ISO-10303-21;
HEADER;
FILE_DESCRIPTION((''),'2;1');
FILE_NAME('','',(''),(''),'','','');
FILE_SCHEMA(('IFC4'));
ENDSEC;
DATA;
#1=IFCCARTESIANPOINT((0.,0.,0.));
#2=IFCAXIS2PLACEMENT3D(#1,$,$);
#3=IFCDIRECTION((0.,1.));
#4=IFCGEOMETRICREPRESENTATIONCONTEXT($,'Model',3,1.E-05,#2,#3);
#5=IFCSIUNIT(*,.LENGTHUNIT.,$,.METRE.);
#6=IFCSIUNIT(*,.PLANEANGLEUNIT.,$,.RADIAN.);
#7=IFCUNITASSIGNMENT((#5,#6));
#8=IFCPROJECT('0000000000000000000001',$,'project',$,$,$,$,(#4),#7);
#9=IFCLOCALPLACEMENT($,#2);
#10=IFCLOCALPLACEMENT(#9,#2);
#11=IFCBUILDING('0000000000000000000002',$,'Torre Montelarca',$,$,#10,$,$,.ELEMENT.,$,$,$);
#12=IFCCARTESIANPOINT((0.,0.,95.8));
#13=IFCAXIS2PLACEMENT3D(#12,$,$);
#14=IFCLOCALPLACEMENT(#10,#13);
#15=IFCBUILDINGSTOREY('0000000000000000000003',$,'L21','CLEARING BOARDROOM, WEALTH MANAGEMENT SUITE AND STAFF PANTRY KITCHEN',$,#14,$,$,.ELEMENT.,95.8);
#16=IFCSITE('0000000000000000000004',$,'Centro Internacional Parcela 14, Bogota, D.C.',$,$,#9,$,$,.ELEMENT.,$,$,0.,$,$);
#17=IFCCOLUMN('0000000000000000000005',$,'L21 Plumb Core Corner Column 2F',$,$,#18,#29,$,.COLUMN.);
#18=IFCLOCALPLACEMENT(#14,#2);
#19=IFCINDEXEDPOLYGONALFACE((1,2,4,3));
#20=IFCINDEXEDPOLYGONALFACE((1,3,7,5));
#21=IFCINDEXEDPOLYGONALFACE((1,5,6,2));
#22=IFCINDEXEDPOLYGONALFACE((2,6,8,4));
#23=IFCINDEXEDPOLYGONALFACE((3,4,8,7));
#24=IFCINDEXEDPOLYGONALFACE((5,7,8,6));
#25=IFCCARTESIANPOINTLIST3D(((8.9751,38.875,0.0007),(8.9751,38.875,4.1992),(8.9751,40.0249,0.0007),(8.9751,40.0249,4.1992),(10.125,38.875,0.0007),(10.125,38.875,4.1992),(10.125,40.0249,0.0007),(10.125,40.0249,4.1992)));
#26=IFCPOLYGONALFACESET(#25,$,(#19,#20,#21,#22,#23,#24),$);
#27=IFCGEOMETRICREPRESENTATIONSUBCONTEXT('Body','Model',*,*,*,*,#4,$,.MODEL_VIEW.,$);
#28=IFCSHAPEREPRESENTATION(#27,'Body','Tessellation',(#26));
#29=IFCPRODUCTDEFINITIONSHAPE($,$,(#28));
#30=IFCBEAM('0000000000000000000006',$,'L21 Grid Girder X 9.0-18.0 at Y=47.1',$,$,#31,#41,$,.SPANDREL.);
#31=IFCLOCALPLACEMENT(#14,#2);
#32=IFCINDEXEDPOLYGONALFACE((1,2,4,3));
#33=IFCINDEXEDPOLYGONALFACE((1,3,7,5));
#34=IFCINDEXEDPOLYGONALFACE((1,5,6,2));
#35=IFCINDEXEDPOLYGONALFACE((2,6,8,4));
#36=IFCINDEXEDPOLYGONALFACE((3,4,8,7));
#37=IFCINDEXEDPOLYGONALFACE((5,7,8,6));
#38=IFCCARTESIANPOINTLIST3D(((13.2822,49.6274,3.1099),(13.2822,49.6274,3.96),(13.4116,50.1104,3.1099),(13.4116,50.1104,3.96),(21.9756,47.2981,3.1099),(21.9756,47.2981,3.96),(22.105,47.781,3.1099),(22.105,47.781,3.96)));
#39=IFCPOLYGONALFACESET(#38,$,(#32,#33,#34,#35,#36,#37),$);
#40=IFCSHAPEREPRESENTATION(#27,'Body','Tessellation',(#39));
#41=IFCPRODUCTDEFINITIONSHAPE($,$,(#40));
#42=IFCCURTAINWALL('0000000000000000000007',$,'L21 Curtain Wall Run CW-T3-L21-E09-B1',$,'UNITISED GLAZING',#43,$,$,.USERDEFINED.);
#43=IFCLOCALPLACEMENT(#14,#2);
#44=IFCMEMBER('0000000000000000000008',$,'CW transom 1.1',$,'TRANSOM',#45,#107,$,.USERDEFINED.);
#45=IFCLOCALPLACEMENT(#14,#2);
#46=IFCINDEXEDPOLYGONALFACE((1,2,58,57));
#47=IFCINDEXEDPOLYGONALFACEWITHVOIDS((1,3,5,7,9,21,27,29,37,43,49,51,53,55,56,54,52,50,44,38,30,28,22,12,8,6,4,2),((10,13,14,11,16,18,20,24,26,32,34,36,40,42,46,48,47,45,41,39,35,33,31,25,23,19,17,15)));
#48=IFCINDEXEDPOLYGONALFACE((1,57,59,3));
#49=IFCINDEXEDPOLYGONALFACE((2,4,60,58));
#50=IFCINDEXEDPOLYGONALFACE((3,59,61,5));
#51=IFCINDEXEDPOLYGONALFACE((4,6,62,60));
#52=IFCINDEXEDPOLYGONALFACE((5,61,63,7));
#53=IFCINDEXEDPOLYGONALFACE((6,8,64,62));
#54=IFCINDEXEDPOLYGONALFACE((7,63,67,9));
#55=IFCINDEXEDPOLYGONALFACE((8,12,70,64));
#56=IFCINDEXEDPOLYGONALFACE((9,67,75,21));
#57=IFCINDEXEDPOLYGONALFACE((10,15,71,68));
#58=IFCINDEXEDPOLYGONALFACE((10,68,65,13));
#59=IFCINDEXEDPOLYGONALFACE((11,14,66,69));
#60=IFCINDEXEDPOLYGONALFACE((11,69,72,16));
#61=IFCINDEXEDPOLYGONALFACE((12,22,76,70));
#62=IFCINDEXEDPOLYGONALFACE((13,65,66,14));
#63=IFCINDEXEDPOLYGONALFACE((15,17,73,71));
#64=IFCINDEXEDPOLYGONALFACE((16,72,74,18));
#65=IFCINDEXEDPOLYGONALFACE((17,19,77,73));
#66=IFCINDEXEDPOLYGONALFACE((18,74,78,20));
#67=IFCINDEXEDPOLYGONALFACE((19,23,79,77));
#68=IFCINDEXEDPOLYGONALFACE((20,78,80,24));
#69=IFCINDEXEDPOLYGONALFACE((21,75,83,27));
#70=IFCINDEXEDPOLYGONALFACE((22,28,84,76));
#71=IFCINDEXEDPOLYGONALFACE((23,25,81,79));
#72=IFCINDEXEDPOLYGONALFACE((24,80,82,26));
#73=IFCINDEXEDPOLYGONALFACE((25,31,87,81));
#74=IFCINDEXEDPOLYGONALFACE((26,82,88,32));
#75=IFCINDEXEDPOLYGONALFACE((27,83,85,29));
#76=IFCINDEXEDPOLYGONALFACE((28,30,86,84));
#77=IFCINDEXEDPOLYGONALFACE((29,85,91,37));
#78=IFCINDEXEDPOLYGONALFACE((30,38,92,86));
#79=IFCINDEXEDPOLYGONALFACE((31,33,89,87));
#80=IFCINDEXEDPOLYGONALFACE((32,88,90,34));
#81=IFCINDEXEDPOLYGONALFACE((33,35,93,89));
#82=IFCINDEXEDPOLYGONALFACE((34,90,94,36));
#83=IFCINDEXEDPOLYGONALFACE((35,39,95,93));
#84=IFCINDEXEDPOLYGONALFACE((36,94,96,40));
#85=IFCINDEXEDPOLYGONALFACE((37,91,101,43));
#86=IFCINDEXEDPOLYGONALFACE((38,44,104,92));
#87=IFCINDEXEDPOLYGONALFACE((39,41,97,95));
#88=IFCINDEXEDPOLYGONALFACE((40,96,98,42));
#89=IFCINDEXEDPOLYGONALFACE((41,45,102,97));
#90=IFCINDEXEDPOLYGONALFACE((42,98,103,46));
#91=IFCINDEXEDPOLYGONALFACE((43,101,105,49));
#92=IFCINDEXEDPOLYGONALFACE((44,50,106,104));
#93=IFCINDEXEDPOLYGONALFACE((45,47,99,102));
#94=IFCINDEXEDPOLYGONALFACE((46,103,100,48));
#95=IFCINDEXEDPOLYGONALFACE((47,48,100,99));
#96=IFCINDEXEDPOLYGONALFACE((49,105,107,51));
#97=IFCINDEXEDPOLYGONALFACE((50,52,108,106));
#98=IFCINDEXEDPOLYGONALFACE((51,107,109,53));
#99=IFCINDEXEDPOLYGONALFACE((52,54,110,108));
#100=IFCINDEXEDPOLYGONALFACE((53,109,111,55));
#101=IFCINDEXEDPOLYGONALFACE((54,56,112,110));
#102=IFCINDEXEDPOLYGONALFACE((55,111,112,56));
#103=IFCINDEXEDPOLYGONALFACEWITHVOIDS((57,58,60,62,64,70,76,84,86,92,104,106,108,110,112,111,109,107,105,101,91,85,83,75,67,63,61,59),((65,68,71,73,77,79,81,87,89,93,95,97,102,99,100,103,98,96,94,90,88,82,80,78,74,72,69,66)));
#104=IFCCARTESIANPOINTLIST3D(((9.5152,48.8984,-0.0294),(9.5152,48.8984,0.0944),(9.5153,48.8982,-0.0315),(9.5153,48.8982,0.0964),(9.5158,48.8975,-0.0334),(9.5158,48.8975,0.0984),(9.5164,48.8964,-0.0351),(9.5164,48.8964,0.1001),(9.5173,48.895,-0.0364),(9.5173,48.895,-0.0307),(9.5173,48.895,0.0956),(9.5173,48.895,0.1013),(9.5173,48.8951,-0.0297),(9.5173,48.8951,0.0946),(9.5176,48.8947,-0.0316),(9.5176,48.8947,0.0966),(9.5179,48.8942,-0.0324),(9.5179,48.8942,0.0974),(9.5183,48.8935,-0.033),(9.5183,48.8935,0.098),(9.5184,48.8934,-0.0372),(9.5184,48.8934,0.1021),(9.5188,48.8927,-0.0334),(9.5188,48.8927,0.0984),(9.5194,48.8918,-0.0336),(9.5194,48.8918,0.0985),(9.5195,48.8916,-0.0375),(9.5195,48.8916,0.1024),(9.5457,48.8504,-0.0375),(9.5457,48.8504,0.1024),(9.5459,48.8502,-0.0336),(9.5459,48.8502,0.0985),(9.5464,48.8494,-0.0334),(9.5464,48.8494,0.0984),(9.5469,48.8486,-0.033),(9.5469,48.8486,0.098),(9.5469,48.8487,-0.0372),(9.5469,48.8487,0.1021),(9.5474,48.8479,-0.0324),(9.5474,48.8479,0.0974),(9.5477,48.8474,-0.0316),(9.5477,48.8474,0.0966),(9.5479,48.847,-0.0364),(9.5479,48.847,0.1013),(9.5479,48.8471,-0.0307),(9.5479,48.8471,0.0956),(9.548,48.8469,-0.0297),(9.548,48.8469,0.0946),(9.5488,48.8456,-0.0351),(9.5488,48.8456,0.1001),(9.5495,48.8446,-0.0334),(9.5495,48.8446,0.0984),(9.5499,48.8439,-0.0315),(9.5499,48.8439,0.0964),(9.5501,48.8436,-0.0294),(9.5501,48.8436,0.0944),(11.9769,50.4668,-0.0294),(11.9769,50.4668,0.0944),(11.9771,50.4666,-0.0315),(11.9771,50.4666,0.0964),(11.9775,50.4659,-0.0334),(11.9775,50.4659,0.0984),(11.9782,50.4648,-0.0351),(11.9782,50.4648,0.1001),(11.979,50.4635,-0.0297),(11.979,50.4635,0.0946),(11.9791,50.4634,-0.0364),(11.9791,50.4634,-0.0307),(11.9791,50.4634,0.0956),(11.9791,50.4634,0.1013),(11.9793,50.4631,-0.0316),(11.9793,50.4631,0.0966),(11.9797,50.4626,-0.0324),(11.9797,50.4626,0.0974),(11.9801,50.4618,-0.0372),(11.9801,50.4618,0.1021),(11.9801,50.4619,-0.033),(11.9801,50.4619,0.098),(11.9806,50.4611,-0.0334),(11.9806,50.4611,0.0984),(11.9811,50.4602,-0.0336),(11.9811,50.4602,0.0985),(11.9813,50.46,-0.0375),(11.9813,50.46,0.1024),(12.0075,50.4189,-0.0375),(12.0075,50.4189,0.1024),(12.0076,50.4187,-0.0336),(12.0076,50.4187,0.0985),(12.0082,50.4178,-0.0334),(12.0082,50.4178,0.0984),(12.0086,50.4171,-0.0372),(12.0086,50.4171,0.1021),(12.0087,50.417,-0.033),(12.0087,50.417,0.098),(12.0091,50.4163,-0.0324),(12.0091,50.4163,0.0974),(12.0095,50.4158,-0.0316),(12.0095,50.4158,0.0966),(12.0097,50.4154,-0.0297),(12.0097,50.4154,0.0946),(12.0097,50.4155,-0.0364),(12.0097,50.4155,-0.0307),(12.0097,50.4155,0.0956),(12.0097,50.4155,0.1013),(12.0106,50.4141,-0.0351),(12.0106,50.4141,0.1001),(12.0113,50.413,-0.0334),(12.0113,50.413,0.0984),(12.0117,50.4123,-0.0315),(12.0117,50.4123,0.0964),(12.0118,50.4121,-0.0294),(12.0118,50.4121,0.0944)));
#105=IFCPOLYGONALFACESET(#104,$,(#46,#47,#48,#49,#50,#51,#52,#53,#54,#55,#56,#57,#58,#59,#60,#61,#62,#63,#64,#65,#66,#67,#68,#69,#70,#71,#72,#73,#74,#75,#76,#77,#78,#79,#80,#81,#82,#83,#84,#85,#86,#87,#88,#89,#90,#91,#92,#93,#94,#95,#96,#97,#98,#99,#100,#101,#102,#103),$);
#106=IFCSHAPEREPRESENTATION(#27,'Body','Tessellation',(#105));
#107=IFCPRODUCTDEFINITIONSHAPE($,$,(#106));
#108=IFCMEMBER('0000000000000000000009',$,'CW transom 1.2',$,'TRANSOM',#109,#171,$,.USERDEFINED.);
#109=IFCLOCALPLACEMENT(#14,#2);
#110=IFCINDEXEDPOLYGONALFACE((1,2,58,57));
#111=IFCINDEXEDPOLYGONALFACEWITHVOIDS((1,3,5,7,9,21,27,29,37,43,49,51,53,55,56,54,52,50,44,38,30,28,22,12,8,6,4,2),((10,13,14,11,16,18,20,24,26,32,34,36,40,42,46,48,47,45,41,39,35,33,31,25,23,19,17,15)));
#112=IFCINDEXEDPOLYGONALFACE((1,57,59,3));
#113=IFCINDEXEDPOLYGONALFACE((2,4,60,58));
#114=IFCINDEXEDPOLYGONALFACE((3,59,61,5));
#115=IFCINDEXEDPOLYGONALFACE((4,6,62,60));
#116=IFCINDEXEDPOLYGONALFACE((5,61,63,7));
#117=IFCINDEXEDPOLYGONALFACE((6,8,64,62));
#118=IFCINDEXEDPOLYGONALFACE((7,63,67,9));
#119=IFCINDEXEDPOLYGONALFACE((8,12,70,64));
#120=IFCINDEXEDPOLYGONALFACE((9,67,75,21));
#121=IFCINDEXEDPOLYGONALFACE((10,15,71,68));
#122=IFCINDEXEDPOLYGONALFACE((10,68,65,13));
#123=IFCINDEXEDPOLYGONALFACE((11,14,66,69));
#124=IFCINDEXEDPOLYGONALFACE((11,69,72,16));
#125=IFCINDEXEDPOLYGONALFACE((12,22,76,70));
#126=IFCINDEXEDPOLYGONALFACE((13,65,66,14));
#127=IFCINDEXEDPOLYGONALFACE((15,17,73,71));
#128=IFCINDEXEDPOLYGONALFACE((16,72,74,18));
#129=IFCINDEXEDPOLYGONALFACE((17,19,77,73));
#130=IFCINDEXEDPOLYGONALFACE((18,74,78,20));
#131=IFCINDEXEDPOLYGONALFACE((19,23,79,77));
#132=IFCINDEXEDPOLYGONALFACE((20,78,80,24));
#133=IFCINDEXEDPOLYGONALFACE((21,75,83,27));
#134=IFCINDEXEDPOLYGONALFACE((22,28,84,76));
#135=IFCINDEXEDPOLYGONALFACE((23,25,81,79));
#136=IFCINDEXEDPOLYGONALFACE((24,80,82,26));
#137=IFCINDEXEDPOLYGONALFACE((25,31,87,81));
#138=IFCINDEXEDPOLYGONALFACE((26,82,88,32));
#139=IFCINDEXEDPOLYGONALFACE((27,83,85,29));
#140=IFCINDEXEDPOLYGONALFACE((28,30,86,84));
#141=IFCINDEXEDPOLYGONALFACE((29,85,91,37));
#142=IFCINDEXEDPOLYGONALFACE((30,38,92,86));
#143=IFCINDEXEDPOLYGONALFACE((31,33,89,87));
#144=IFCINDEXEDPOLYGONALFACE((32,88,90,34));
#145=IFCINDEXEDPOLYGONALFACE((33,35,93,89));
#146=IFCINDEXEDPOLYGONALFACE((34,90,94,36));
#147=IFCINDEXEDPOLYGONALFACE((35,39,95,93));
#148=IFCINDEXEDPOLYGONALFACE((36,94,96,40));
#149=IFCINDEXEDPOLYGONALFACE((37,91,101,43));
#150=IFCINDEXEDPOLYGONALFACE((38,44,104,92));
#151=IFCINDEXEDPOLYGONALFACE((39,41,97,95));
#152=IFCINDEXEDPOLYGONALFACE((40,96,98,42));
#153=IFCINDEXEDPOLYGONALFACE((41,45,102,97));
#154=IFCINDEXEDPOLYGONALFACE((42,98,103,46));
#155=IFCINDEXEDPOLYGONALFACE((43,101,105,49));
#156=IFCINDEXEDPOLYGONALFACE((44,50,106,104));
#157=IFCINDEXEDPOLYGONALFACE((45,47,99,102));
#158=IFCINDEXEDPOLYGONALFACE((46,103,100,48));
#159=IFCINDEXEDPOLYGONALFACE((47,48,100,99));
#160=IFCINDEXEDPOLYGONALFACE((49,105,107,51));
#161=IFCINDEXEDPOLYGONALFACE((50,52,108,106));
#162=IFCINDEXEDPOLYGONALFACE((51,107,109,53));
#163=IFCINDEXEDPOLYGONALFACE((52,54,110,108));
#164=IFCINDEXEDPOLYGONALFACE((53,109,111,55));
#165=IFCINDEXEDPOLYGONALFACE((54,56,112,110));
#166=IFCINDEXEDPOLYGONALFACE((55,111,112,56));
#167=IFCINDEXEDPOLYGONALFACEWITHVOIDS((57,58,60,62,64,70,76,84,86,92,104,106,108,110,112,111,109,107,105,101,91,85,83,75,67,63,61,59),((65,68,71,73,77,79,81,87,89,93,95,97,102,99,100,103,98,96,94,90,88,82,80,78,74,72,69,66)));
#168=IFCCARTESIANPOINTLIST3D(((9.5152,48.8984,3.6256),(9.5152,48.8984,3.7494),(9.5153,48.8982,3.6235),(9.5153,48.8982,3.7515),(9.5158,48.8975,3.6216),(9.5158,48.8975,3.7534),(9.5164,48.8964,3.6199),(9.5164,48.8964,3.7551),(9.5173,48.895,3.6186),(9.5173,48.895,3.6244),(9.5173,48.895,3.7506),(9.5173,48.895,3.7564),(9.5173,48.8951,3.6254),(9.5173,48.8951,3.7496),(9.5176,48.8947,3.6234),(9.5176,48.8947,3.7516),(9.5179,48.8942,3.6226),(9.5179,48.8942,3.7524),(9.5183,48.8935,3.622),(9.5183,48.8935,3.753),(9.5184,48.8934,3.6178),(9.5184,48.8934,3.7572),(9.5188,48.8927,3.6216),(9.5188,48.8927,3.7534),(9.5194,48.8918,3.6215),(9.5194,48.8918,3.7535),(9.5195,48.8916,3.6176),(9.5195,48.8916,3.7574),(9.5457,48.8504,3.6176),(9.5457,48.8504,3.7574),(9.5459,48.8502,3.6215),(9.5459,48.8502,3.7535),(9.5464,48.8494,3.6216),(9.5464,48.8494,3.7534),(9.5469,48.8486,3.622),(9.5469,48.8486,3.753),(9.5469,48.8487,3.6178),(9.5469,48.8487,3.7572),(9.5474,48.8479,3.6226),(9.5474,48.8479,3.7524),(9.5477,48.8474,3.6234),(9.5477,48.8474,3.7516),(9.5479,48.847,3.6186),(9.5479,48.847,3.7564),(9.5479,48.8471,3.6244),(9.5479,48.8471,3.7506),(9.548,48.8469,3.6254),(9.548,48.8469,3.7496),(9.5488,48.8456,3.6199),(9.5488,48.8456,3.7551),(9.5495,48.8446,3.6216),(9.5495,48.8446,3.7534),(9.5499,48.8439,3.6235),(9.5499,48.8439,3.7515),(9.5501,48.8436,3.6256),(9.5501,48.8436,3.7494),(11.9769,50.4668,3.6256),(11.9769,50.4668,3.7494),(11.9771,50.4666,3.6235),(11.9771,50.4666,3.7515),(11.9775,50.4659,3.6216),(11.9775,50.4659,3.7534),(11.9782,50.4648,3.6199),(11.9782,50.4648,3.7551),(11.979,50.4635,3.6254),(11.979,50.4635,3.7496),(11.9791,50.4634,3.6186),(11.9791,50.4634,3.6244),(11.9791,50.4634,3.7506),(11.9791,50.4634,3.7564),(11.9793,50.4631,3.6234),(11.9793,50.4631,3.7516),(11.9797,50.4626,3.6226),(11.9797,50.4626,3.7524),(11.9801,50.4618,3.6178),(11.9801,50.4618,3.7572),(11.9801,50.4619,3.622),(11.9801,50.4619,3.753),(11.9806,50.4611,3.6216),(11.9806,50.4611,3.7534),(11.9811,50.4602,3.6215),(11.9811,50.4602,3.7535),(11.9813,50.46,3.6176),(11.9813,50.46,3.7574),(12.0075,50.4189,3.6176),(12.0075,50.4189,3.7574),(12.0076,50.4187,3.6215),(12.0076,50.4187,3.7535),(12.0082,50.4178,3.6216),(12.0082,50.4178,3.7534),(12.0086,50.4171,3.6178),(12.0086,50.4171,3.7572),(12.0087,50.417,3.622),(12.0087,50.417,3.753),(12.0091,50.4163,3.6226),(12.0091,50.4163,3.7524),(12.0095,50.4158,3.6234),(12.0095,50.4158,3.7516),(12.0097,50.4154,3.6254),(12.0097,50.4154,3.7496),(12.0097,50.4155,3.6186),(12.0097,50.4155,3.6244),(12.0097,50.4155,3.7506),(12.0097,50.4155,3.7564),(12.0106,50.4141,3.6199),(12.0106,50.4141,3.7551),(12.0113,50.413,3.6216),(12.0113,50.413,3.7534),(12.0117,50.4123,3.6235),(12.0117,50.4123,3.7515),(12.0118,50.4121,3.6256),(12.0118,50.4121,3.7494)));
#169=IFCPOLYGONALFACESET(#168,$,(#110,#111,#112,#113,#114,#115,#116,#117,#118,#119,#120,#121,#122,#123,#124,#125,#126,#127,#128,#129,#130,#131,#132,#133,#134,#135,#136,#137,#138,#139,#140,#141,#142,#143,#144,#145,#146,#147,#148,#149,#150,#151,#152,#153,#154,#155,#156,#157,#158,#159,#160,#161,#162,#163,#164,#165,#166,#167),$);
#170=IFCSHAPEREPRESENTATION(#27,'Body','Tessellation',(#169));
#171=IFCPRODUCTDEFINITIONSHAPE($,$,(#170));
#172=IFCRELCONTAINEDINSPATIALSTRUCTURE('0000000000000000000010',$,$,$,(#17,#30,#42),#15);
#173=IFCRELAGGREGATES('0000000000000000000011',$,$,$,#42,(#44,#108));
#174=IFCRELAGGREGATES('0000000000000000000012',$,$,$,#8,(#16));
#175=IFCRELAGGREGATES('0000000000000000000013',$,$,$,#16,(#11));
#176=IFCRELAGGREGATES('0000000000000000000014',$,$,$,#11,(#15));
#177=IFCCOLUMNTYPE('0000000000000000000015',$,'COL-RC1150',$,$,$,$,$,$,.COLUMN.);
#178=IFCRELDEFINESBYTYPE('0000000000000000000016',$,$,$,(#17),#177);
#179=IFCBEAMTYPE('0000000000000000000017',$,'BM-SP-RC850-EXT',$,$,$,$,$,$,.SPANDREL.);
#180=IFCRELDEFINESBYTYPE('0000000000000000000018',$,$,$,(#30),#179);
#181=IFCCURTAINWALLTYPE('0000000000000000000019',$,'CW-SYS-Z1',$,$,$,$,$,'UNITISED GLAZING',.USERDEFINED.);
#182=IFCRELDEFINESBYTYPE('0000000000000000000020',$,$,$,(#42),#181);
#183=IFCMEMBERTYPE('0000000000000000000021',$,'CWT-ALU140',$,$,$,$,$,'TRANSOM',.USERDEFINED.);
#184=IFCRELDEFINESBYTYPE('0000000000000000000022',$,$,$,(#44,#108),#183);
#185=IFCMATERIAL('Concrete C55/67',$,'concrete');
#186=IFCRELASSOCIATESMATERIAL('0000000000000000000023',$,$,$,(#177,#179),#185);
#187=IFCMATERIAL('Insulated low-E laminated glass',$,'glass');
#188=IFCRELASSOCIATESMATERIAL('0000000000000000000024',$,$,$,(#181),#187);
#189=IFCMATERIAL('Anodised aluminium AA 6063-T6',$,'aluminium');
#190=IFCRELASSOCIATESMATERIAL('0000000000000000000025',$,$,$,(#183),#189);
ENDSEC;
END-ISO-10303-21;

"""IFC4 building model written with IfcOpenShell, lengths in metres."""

from ifc_helpers import new_model, si_unit, direction, frame, origin, origin_2d, place, context, subcontext, project, spatial, rectangle, hollow_rectangle, extrude, source, transform, mapped, material, material_profile, profile_set, type_object, element, aggregate, save


model = new_model("IFC4")

# Units and contexts
model_context = context("Model", 3, precision=1e-05, world=origin(), true_north=direction((0.0, 1.0)))
body_context = subcontext(model_context, "Body", "Model", "MODEL_VIEW")
ifc_project = project(units=[si_unit("LENGTHUNIT", "METRE"), si_unit("PLANEANGLEUNIT", "RADIAN")], contexts=[model_context])

# Site, building, storey
site_placement = place(None, origin())
site = spatial("IfcSite", under=ifc_project, at=site_placement, Name="Centro Internacional Parcela 14, Bogota, D.C.", CompositionType="ELEMENT", RefElevation=0.0)
building_placement = place(site_placement, origin())
building = spatial("IfcBuilding", under=site, at=building_placement, Name="Torre Montelarca", CompositionType="ELEMENT")
storey_placement = place(building_placement, frame((0.0, 0.0, 95.8)))
storey = spatial("IfcBuildingStorey", under=building, at=storey_placement, Name="L21", Description="CLEARING BOARDROOM, WEALTH MANAGEMENT SUITE AND STAFF PANTRY KITCHEN", CompositionType="ELEMENT", Elevation=95.8)

# Column
ifc_material_1 = material(Name="Concrete C55/67", Category="concrete")
ifc_material_profile_1 = material_profile(ifc_material_1, rectangle(XDim=1.1499, YDim=1.1499, at=origin_2d()), Name="RC1150X1150", Category="concrete")
ifc_profile_set_1 = profile_set([ifc_material_profile_1], Name="Concrete C55/67")
column_type_1 = type_object("IfcColumnType", Name="COL-RC1150", PredefinedType="COLUMN", material=ifc_profile_set_1)
shared_shape_1 = source(origin(), body_context, "Body", "SweptSolid", [
    extrude(rectangle(XDim=1.1499, YDim=1.1499, at=origin_2d()), origin(), (0.0, 0.0, 1.0), 4.1985),
])
column_1_placement = place(storey_placement, frame((9.55, 39.45, 0.0007), z_axis=(0.0, 0.0, 1.0), x_axis=(1.0, 0.0, 0.0)))
element("IfcColumn", 1, at=column_1_placement, inside=storey, type_object=column_type_1, Name="L21 Plumb Core Corner Column 2F", PredefinedType="COLUMN", context=body_context, shape_type="MappedRepresentation", body=[
    mapped(shared_shape_1, transform((0.0, 0.0, 0.0), scale=1.0)),
])

# Beam
ifc_material_profile_2 = material_profile(ifc_material_1, rectangle(XDim=0.5, YDim=0.8501, at=origin_2d()), Name="RCB500X850", Category="concrete")
ifc_profile_set_2 = profile_set([ifc_material_profile_2], Name="Concrete C55/67")
beam_type = type_object("IfcBeamType", Name="BM-SP-RC850-EXT", PredefinedType="SPANDREL", material=ifc_profile_set_2)
shared_shape_2 = source(origin(), body_context, "Body", "SweptSolid", [
    extrude(rectangle(XDim=0.5, YDim=0.8501, at=origin_2d()), origin(), (0.0, 0.0, 1.0), 9.0),
])
beam_placement = place(storey_placement, frame((13.3469, 49.8689, 3.5349), z_axis=(0.965927, -0.258816, 0.0), x_axis=(0.258816, 0.965927, 0.0)))
element("IfcBeam", 2, at=beam_placement, inside=storey, type_object=beam_type, Name="L21 Grid Girder X 9.0-18.0 at Y=47.1", PredefinedType="SPANDREL", context=body_context, shape_type="MappedRepresentation", body=[
    mapped(shared_shape_2, transform((0.0, 0.0, 0.0), scale=1.0)),
])

# Curtain wall, members
ifc_material_2 = material(Name="Insulated low-E laminated glass", Category="glass")
curtain_wall_type = type_object("IfcCurtainWallType", Name="CW-SYS-Z1", ElementType="UNITISED GLAZING", PredefinedType="USERDEFINED", material=ifc_material_2)
curtain_wall_1_placement = place(storey_placement, origin())
curtain_wall_1 = element("IfcCurtainWall", 3, at=curtain_wall_1_placement, inside=storey, type_object=curtain_wall_type, Name="L21 Curtain Wall Run CW-T3-L21-E09-B1", ObjectType="UNITISED GLAZING", PredefinedType="USERDEFINED")
ifc_material_3 = material(Name="Anodised aluminium AA 6063-T6", Category="aluminium")
ifc_material_profile_3 = material_profile(ifc_material_3, hollow_rectangle(XDim=0.0649, YDim=0.1399, WallThickness=0.0039, InnerFilletRadius=0.0039, OuterFilletRadius=0.0081, at=origin_2d()), Name="ALU65X140X4", Category="aluminium")
ifc_profile_set_3 = profile_set([ifc_material_profile_3], Name="Anodised aluminium AA 6063-T6")
member_type_1 = type_object("IfcMemberType", Name="CWT-ALU140", ElementType="TRANSOM", PredefinedType="USERDEFINED", material=ifc_profile_set_3)
shared_shape_3 = source(origin(), body_context, "Body", "SweptSolid", [
    extrude(hollow_rectangle(XDim=0.0649, YDim=0.1399, WallThickness=0.0039, InnerFilletRadius=0.0039, OuterFilletRadius=0.0081, at=origin_2d()), origin(), (0.0, 0.0, 1.0), 2.9189),
])
member_1_placement = place(storey_placement, frame((11.9944, 50.4395, 0.0325), z_axis=(-0.843376, -0.537325, 0.0), x_axis=(0.537325, -0.843376, 0.0)))
member_1 = element("IfcMember", 4, at=member_1_placement, type_object=member_type_1, Name="CW transom 1.1", ObjectType="TRANSOM", PredefinedType="USERDEFINED", context=body_context, shape_type="MappedRepresentation", body=[
    mapped(shared_shape_3, transform((0.0, 0.0, 0.0), scale=1.0)),
])
member_2_placement = place(storey_placement, frame((11.9944, 50.4395, 3.6875), z_axis=(-0.843376, -0.537325, 0.0), x_axis=(0.537325, -0.843376, 0.0)))
member_2 = element("IfcMember", 5, at=member_2_placement, type_object=member_type_1, Name="CW transom 1.2", ObjectType="TRANSOM", PredefinedType="USERDEFINED", context=body_context, shape_type="MappedRepresentation", body=[
    mapped(shared_shape_3, transform((0.0, 0.0, 0.0), scale=1.0)),
])

aggregate(curtain_wall_1, [member_1, member_2])

save(model, "model.ifc")
